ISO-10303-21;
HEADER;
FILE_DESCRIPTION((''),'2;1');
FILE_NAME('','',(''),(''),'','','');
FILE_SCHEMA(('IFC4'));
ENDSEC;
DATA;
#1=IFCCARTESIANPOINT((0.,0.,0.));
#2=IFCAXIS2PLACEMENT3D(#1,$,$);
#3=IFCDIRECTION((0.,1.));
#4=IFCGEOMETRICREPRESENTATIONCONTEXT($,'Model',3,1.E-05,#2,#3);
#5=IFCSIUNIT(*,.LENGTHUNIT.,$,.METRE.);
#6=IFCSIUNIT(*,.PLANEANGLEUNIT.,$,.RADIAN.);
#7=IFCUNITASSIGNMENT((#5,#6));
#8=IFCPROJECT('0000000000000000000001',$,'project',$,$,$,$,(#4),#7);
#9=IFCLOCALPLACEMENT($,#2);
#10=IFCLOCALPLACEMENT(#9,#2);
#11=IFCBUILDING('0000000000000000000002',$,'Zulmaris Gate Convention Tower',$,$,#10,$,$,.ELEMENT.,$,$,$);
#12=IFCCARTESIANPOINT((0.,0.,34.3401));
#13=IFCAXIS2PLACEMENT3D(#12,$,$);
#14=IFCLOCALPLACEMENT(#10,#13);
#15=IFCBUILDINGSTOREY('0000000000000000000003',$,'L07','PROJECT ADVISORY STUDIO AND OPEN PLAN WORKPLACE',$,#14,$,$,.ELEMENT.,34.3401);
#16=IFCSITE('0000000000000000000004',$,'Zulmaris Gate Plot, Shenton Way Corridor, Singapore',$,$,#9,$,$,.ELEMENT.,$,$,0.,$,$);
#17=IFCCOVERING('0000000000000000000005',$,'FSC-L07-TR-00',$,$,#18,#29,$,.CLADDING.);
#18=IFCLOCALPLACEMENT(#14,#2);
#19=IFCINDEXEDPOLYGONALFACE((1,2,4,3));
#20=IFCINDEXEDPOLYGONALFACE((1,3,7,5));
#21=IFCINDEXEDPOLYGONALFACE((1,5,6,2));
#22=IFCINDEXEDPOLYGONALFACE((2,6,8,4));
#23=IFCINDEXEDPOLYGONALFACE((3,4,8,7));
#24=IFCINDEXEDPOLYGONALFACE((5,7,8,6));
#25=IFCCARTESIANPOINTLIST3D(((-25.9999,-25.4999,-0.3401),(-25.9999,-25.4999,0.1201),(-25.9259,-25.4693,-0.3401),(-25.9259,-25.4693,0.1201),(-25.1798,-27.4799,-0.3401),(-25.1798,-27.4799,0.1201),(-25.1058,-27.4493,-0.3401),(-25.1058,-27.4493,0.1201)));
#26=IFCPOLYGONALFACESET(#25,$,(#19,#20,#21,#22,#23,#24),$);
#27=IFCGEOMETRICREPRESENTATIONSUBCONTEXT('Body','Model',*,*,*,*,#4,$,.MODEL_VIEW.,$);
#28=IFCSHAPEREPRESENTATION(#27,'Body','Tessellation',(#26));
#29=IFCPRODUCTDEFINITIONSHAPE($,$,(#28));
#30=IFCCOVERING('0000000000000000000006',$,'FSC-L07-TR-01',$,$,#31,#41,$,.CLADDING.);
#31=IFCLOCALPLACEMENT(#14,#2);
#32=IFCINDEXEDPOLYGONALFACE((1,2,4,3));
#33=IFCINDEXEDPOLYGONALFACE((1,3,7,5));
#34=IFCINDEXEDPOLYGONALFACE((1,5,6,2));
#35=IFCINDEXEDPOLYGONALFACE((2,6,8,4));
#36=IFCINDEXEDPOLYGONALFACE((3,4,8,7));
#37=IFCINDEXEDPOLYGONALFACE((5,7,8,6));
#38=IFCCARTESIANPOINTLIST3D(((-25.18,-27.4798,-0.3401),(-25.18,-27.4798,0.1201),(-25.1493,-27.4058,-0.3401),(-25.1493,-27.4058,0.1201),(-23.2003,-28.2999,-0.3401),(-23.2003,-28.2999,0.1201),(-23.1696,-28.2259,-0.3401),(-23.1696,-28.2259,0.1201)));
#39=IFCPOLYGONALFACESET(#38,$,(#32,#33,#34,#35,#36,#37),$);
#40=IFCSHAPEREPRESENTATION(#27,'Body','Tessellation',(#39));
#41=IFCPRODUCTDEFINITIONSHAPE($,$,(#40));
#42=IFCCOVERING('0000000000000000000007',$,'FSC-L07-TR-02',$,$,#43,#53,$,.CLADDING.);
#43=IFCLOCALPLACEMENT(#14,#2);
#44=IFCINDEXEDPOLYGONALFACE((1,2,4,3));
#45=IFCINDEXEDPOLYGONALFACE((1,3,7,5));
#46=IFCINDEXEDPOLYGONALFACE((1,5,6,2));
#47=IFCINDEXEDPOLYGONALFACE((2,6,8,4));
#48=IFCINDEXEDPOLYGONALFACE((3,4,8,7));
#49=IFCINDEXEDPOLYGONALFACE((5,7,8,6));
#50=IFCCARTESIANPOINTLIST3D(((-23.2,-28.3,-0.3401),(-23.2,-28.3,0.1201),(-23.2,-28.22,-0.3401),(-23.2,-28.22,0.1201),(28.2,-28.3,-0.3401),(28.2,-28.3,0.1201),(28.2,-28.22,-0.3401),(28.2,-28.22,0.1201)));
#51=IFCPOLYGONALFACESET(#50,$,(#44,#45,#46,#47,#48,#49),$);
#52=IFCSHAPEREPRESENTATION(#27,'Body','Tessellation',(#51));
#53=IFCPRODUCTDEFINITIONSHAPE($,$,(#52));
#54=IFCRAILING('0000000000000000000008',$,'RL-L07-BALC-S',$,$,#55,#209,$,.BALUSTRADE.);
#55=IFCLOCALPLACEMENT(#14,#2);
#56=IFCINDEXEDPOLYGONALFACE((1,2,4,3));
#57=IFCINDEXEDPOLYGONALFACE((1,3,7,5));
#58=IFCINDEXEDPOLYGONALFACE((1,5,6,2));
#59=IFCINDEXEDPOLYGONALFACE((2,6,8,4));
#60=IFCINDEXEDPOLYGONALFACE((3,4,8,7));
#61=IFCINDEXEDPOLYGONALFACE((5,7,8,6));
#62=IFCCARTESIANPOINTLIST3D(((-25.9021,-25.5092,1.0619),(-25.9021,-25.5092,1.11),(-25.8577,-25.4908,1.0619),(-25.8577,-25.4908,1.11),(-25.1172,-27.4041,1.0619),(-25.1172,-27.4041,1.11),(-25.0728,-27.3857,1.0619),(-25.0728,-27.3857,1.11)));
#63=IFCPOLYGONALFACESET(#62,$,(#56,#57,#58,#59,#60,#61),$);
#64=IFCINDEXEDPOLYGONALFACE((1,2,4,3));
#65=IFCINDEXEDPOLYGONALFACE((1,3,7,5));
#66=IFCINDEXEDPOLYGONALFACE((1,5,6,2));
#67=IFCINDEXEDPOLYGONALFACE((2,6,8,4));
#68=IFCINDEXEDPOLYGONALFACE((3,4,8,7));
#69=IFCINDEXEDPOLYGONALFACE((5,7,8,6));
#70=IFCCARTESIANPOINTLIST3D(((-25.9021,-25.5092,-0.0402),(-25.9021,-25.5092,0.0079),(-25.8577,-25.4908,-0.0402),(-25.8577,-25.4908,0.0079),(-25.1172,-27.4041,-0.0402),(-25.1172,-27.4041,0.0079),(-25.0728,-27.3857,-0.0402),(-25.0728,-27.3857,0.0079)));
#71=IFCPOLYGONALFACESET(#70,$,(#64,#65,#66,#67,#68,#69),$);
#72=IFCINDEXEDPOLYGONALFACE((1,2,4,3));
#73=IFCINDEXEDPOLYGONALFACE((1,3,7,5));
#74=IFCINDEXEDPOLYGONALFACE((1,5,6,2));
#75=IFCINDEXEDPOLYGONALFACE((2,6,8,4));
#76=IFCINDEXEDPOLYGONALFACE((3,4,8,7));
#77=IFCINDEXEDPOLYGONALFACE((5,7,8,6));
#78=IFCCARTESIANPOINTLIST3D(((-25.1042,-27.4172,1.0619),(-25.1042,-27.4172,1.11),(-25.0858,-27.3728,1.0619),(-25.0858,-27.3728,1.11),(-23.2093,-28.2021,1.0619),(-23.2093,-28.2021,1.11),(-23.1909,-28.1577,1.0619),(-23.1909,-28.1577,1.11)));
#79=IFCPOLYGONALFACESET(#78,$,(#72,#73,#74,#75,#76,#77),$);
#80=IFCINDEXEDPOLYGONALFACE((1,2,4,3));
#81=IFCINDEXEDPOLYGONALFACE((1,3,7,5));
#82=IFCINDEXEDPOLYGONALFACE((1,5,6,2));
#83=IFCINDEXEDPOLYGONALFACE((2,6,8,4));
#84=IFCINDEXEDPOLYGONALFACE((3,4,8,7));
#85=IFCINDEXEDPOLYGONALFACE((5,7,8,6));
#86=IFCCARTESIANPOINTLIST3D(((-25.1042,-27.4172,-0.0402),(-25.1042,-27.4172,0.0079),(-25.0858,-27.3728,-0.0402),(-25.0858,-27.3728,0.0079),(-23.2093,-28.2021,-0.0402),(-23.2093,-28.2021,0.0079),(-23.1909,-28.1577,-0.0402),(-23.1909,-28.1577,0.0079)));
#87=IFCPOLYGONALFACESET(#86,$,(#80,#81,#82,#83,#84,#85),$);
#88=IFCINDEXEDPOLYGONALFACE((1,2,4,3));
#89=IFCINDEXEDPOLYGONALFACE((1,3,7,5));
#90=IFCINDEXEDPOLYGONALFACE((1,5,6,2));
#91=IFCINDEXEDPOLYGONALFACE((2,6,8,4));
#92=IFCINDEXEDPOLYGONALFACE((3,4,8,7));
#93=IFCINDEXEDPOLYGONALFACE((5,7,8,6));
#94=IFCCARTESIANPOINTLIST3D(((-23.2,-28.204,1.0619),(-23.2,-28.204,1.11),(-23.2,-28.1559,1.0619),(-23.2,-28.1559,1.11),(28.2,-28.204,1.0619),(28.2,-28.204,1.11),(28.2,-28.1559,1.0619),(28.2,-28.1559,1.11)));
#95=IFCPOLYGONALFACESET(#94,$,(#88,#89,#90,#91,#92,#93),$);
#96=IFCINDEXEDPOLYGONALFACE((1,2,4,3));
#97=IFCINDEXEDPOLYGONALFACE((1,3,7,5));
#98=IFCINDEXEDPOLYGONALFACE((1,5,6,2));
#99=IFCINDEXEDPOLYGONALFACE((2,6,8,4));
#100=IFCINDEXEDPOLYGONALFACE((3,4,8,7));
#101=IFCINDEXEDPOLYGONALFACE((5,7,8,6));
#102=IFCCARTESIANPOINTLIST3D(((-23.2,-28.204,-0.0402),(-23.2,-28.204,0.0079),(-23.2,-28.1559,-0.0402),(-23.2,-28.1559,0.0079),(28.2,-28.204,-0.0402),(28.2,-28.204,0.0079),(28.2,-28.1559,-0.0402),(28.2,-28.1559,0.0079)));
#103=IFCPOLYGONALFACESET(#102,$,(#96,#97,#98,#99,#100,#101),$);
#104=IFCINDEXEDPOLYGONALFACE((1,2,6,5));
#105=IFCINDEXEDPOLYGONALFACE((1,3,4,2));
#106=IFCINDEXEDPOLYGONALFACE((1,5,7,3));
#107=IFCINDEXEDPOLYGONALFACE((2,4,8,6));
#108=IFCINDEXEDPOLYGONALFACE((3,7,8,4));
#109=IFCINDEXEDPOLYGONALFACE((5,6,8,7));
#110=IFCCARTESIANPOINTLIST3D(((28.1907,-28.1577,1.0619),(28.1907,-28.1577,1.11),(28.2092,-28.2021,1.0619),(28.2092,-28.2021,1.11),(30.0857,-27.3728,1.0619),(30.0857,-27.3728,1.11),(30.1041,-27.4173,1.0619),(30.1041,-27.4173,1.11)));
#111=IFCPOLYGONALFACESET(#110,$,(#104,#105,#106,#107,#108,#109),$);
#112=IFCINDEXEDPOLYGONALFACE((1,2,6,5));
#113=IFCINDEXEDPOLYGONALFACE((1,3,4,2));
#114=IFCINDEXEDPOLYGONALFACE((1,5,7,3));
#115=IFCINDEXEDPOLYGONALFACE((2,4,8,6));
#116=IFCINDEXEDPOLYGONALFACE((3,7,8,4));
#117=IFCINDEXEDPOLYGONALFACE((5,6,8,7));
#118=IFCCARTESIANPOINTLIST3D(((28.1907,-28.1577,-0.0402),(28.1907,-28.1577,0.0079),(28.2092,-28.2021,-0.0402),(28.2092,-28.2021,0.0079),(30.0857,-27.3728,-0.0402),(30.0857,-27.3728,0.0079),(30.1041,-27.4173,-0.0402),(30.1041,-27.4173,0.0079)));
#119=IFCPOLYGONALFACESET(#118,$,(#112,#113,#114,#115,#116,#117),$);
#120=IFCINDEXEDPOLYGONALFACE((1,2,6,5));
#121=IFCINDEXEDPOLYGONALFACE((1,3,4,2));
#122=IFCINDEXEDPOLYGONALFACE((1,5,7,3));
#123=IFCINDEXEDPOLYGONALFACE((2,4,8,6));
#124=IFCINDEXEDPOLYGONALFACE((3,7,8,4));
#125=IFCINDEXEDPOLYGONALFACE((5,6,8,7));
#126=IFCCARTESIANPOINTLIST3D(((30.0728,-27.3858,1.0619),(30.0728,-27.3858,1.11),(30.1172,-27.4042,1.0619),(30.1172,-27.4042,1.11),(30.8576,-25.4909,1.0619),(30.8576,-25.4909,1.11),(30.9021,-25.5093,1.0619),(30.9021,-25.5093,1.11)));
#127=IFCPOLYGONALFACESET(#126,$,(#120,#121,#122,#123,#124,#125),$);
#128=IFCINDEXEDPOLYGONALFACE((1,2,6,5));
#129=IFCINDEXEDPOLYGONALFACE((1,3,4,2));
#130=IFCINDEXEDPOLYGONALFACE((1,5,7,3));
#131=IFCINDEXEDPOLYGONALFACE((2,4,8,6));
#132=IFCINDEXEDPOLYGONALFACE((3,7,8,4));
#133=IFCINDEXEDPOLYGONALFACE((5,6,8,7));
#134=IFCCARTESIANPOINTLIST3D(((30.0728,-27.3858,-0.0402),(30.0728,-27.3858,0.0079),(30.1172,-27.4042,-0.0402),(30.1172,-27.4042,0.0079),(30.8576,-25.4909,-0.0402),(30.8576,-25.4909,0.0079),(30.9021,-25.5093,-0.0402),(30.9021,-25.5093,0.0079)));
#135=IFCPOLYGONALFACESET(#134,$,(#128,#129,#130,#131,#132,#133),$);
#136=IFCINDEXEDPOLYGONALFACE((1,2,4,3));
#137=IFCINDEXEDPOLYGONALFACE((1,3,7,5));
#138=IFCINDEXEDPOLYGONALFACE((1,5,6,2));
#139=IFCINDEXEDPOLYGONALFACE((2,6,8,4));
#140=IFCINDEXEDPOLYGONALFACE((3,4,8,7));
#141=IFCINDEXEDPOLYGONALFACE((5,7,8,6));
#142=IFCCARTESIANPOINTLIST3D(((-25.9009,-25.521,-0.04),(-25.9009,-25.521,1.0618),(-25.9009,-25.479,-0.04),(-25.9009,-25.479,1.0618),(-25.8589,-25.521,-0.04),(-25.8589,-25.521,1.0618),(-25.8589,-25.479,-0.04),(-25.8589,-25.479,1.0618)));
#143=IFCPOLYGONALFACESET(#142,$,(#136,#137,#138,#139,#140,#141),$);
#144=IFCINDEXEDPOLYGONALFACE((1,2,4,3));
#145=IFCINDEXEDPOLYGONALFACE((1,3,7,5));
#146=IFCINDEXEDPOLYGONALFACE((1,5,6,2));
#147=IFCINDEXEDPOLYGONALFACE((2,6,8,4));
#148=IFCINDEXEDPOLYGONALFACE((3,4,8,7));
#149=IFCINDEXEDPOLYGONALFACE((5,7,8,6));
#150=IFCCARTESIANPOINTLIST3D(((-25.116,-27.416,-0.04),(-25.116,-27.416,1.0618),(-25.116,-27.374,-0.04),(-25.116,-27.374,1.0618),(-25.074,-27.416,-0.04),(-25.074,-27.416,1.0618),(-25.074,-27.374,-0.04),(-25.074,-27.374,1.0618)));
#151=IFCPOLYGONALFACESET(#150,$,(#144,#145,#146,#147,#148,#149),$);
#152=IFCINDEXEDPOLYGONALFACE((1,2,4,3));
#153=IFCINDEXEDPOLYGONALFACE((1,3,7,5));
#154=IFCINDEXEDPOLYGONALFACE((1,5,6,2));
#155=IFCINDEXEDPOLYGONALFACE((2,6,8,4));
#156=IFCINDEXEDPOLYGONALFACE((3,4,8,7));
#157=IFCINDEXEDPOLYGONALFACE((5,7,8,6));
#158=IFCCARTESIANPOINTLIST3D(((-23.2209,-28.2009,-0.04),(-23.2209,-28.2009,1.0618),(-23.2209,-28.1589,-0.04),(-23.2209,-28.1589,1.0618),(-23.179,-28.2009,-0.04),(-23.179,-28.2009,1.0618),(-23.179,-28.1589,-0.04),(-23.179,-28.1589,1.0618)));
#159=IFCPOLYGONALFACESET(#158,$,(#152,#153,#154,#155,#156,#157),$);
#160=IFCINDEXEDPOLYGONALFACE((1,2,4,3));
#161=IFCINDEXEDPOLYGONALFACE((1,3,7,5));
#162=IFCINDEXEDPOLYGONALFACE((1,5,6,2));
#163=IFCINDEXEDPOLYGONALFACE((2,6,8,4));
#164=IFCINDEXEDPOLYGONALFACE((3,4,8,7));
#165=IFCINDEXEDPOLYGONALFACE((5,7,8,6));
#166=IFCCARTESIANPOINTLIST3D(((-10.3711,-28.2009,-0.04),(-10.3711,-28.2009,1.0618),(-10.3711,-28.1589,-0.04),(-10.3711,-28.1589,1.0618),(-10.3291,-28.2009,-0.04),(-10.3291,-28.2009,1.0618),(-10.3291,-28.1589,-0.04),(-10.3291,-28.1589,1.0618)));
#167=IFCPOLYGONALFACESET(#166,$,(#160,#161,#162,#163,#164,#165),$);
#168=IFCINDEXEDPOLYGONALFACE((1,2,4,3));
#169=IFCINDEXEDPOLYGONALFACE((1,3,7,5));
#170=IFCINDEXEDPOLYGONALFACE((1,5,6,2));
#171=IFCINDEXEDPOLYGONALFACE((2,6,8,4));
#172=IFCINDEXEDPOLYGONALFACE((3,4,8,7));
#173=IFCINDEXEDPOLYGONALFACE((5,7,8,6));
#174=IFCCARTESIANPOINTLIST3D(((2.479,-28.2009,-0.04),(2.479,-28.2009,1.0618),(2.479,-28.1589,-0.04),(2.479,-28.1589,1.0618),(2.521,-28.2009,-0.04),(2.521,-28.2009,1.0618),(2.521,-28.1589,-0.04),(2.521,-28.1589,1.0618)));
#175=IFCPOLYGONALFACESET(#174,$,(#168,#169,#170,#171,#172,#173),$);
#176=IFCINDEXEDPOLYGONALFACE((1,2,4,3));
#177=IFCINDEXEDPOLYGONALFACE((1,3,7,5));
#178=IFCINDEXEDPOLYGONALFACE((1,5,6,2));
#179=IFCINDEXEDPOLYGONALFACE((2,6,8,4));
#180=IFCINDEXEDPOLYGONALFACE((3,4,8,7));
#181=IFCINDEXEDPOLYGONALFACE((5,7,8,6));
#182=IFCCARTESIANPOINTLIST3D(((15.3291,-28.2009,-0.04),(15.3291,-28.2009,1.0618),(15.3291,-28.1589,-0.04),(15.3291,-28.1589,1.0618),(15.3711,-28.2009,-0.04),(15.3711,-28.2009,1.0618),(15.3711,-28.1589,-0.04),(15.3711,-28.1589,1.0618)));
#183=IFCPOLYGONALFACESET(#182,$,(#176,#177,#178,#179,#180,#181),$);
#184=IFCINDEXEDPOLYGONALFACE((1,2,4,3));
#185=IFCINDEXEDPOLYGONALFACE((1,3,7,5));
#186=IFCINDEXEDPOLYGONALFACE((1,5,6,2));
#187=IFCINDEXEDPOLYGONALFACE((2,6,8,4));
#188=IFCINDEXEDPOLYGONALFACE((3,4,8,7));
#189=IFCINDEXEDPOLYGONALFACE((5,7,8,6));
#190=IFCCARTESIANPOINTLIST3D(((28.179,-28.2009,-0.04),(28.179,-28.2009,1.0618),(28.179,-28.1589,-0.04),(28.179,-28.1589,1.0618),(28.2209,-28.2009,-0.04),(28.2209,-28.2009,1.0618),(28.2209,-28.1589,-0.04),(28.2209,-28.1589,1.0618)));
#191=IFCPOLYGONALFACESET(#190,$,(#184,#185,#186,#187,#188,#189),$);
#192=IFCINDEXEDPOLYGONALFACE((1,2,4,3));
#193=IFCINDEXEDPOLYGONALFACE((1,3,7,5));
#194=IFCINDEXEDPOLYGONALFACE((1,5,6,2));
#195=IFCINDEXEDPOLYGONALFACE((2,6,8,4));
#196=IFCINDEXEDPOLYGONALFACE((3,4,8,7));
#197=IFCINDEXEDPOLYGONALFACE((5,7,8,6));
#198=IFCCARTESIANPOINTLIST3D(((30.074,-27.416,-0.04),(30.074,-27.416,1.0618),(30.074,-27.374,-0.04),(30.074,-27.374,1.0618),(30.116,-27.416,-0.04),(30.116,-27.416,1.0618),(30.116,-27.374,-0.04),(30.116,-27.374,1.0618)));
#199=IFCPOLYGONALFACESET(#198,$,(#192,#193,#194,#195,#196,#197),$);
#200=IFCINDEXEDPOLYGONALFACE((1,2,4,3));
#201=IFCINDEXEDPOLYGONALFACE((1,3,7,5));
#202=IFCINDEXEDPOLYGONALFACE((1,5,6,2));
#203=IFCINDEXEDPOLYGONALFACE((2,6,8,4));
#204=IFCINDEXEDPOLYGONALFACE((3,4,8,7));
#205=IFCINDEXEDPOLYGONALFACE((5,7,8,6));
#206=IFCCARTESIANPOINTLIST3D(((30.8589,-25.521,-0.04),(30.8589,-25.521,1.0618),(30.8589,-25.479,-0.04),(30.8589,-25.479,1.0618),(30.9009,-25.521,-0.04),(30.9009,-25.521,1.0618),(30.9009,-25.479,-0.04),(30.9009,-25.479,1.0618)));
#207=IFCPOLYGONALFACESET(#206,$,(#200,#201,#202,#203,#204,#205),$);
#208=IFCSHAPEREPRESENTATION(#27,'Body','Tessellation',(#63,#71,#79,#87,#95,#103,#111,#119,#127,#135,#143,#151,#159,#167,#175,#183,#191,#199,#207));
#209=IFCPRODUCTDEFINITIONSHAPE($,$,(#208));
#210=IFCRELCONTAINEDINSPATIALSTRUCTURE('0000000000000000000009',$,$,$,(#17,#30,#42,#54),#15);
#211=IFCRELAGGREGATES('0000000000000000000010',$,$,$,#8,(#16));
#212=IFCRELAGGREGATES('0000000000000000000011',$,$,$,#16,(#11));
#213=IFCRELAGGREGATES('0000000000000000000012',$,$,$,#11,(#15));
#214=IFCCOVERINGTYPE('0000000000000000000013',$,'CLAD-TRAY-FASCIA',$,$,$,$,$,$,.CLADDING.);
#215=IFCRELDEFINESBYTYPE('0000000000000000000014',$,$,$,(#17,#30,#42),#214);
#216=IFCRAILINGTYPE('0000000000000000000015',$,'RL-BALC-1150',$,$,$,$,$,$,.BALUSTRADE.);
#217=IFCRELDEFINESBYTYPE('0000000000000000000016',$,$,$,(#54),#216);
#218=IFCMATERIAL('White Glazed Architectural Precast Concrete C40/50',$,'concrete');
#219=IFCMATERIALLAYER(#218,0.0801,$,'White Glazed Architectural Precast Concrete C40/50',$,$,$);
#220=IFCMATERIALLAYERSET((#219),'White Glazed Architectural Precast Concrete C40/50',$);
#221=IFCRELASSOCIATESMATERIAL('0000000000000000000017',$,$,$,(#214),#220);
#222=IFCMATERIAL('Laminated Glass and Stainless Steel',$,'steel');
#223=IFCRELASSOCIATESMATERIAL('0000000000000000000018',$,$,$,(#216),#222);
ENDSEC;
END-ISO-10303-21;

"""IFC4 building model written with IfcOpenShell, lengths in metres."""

from ifc_helpers import new_model, si_unit, direction, frame, frame_2d, origin, origin_2d, place, context, subcontext, project, spatial, rectangle, extrude, material, layer, layer_set, type_object, element, save


model = new_model("IFC4")

# Units and contexts
model_context = context("Model", 3, precision=1e-05, world=origin(), true_north=direction((0.0, 1.0)))
body_context = subcontext(model_context, "Body", "Model", "MODEL_VIEW")
ifc_project = project(units=[si_unit("LENGTHUNIT", "METRE"), si_unit("PLANEANGLEUNIT", "RADIAN")], contexts=[model_context])

# Site, building, storey
site_placement = place(None, origin())
site = spatial("IfcSite", under=ifc_project, at=site_placement, Name="Zulmaris Gate Plot, Shenton Way Corridor, Singapore", CompositionType="ELEMENT", RefElevation=0.0)
building_placement = place(site_placement, origin())
building = spatial("IfcBuilding", under=site, at=building_placement, Name="Zulmaris Gate Convention Tower", CompositionType="ELEMENT")
storey_placement = place(building_placement, frame((0.0, 0.0, 34.3401)))
storey = spatial("IfcBuildingStorey", under=building, at=storey_placement, Name="L07", Description="PROJECT ADVISORY STUDIO AND OPEN PLAN WORKPLACE", CompositionType="ELEMENT", Elevation=34.3401)

# Coverings
ifc_material_1 = material(Name="White Glazed Architectural Precast Concrete C40/50", Category="concrete")
ifc_layer_1 = layer(ifc_material_1, 0.0801, Name="White Glazed Architectural Precast Concrete C40/50")
ifc_layer_set_1 = layer_set([ifc_layer_1], Name="White Glazed Architectural Precast Concrete C40/50")
covering_type_1 = type_object("IfcCoveringType", Name="CLAD-TRAY-FASCIA", PredefinedType="CLADDING", material=ifc_layer_set_1)
covering_1_placement = place(storey_placement, frame((-25.9629, -25.4846, -0.3401), z_axis=(0.0, 0.0, 1.0), x_axis=(0.382657, -0.92389, 0.0)))
element("IfcCovering", 1, at=covering_1_placement, inside=storey, type_object=covering_type_1, Name="FSC-L07-TR-00", PredefinedType="CLADDING", context=body_context, shape_type="SweptSolid", body=[
    extrude(rectangle(XDim=2.1431, YDim=0.0801, at=frame_2d((1.0715, 0.0))), origin(), (0.0, 0.0, 1.0), 0.4602),
])
covering_2_placement = place(storey_placement, frame((-25.1646, -27.4429, -0.3401), z_axis=(0.0, 0.0, 1.0), x_axis=(0.923874, -0.382697, 0.0)))
element("IfcCovering", 2, at=covering_2_placement, inside=storey, type_object=covering_type_1, Name="FSC-L07-TR-01", PredefinedType="CLADDING", context=body_context, shape_type="SweptSolid", body=[
    extrude(rectangle(XDim=2.1428, YDim=0.0801, at=frame_2d((1.0713, 0.0))), origin(), (0.0, 0.0, 1.0), 0.4602),
])
covering_3_placement = place(storey_placement, frame((-23.2, -28.26, -0.3401), z_axis=(0.0, 0.0, 1.0), x_axis=(1.0, 0.0, 0.0)))
element("IfcCovering", 3, at=covering_3_placement, inside=storey, type_object=covering_type_1, Name="FSC-L07-TR-02", PredefinedType="CLADDING", context=body_context, shape_type="SweptSolid", body=[
    extrude(rectangle(XDim=51.3999, YDim=0.0801, at=frame_2d((25.7, 0.0))), origin(), (0.0, 0.0, 1.0), 0.4602),
])

# Railing
ifc_material_2 = material(Name="Laminated Glass and Stainless Steel", Category="steel")
railing_type = type_object("IfcRailingType", Name="RL-BALC-1150", PredefinedType="BALUSTRADE", material=ifc_material_2)
railing_placement = place(storey_placement, frame((-25.8799, -25.5, -0.04)))
element("IfcRailing", 4, at=railing_placement, inside=storey, type_object=railing_type, Name="RL-L07-BALC-S", PredefinedType="BALUSTRADE", context=body_context, shape_type="SweptSolid", body=[
    extrude(rectangle(XDim=0.0481, YDim=0.0481, at=origin_2d()), frame((0.0, 0.0, 1.126), z_axis=(0.382671, -0.923885, 0.0), x_axis=(0.923885, 0.382671, 0.0)), (0.0, 0.0, 1.0), 2.051),
    extrude(rectangle(XDim=0.0481, YDim=0.0481, at=origin_2d()), frame((0.0, 0.0, 0.0239), z_axis=(0.382671, -0.923885, 0.0), x_axis=(0.923885, 0.382671, 0.0)), (0.0, 0.0, 1.0), 2.051),
    extrude(rectangle(XDim=0.0481, YDim=0.0481, at=origin_2d()), frame((0.7849, -1.895, 1.126), z_axis=(0.923885, -0.382671, 0.0), x_axis=(0.382671, 0.923885, 0.0)), (0.0, 0.0, 1.0), 2.051),
    extrude(rectangle(XDim=0.0481, YDim=0.0481, at=origin_2d()), frame((0.7849, -1.895, 0.0239), z_axis=(0.923885, -0.382671, 0.0), x_axis=(0.382671, 0.923885, 0.0)), (0.0, 0.0, 1.0), 2.051),
    extrude(rectangle(XDim=0.0481, YDim=0.0481, at=origin_2d()), frame((2.6799, -2.6799, 1.126), z_axis=(1.0, 0.0, 0.0), x_axis=(0.0, 1.0, 0.0)), (0.0, 0.0, 1.0), 51.3999),
    extrude(rectangle(XDim=0.0481, YDim=0.0481, at=origin_2d()), frame((2.6799, -2.6799, 0.0239), z_axis=(1.0, 0.0, 0.0), x_axis=(0.0, 1.0, 0.0)), (0.0, 0.0, 1.0), 51.3999),
    extrude(rectangle(XDim=0.0481, YDim=0.0481, at=origin_2d()), frame((54.0798, -2.6799, 1.126), z_axis=(0.923885, 0.382671, 0.0), x_axis=(-0.382671, 0.923885, 0.0)), (0.0, 0.0, 1.0), 2.051),
    extrude(rectangle(XDim=0.0481, YDim=0.0481, at=origin_2d()), frame((54.0798, -2.6799, 0.0239), z_axis=(0.923885, 0.382671, 0.0), x_axis=(-0.382671, 0.923885, 0.0)), (0.0, 0.0, 1.0), 2.051),
    extrude(rectangle(XDim=0.0481, YDim=0.0481, at=origin_2d()), frame((55.9749, -1.895, 1.126), z_axis=(0.382671, 0.923885, 0.0), x_axis=(-0.923885, 0.382671, 0.0)), (0.0, 0.0, 1.0), 2.051),
    extrude(rectangle(XDim=0.0481, YDim=0.0481, at=origin_2d()), frame((55.9749, -1.895, 0.0239), z_axis=(0.382671, 0.923885, 0.0), x_axis=(-0.923885, 0.382671, 0.0)), (0.0, 0.0, 1.0), 2.051),
    extrude(rectangle(XDim=0.042, YDim=0.042, at=origin_2d()), origin(), (0.0, 0.0, 1.0), 1.1018),
    extrude(rectangle(XDim=0.042, YDim=0.042, at=origin_2d()), frame((0.7849, -1.895, 0.0)), (0.0, 0.0, 1.0), 1.1018),
    extrude(rectangle(XDim=0.042, YDim=0.042, at=origin_2d()), frame((2.6799, -2.6799, 0.0)), (0.0, 0.0, 1.0), 1.1018),
    extrude(rectangle(XDim=0.042, YDim=0.042, at=origin_2d()), frame((15.5298, -2.6799, 0.0)), (0.0, 0.0, 1.0), 1.1018),
    extrude(rectangle(XDim=0.042, YDim=0.042, at=origin_2d()), frame((28.3799, -2.6799, 0.0)), (0.0, 0.0, 1.0), 1.1018),
    extrude(rectangle(XDim=0.042, YDim=0.042, at=origin_2d()), frame((41.23, -2.6799, 0.0)), (0.0, 0.0, 1.0), 1.1018),
    extrude(rectangle(XDim=0.042, YDim=0.042, at=origin_2d()), frame((54.0798, -2.6799, 0.0)), (0.0, 0.0, 1.0), 1.1018),
    extrude(rectangle(XDim=0.042, YDim=0.042, at=origin_2d()), frame((55.9749, -1.895, 0.0)), (0.0, 0.0, 1.0), 1.1018),
    extrude(rectangle(XDim=0.042, YDim=0.042, at=origin_2d()), frame((56.7598, 0.0, 0.0)), (0.0, 0.0, 1.0), 1.1018),
])

save(model, "model.ifc")
